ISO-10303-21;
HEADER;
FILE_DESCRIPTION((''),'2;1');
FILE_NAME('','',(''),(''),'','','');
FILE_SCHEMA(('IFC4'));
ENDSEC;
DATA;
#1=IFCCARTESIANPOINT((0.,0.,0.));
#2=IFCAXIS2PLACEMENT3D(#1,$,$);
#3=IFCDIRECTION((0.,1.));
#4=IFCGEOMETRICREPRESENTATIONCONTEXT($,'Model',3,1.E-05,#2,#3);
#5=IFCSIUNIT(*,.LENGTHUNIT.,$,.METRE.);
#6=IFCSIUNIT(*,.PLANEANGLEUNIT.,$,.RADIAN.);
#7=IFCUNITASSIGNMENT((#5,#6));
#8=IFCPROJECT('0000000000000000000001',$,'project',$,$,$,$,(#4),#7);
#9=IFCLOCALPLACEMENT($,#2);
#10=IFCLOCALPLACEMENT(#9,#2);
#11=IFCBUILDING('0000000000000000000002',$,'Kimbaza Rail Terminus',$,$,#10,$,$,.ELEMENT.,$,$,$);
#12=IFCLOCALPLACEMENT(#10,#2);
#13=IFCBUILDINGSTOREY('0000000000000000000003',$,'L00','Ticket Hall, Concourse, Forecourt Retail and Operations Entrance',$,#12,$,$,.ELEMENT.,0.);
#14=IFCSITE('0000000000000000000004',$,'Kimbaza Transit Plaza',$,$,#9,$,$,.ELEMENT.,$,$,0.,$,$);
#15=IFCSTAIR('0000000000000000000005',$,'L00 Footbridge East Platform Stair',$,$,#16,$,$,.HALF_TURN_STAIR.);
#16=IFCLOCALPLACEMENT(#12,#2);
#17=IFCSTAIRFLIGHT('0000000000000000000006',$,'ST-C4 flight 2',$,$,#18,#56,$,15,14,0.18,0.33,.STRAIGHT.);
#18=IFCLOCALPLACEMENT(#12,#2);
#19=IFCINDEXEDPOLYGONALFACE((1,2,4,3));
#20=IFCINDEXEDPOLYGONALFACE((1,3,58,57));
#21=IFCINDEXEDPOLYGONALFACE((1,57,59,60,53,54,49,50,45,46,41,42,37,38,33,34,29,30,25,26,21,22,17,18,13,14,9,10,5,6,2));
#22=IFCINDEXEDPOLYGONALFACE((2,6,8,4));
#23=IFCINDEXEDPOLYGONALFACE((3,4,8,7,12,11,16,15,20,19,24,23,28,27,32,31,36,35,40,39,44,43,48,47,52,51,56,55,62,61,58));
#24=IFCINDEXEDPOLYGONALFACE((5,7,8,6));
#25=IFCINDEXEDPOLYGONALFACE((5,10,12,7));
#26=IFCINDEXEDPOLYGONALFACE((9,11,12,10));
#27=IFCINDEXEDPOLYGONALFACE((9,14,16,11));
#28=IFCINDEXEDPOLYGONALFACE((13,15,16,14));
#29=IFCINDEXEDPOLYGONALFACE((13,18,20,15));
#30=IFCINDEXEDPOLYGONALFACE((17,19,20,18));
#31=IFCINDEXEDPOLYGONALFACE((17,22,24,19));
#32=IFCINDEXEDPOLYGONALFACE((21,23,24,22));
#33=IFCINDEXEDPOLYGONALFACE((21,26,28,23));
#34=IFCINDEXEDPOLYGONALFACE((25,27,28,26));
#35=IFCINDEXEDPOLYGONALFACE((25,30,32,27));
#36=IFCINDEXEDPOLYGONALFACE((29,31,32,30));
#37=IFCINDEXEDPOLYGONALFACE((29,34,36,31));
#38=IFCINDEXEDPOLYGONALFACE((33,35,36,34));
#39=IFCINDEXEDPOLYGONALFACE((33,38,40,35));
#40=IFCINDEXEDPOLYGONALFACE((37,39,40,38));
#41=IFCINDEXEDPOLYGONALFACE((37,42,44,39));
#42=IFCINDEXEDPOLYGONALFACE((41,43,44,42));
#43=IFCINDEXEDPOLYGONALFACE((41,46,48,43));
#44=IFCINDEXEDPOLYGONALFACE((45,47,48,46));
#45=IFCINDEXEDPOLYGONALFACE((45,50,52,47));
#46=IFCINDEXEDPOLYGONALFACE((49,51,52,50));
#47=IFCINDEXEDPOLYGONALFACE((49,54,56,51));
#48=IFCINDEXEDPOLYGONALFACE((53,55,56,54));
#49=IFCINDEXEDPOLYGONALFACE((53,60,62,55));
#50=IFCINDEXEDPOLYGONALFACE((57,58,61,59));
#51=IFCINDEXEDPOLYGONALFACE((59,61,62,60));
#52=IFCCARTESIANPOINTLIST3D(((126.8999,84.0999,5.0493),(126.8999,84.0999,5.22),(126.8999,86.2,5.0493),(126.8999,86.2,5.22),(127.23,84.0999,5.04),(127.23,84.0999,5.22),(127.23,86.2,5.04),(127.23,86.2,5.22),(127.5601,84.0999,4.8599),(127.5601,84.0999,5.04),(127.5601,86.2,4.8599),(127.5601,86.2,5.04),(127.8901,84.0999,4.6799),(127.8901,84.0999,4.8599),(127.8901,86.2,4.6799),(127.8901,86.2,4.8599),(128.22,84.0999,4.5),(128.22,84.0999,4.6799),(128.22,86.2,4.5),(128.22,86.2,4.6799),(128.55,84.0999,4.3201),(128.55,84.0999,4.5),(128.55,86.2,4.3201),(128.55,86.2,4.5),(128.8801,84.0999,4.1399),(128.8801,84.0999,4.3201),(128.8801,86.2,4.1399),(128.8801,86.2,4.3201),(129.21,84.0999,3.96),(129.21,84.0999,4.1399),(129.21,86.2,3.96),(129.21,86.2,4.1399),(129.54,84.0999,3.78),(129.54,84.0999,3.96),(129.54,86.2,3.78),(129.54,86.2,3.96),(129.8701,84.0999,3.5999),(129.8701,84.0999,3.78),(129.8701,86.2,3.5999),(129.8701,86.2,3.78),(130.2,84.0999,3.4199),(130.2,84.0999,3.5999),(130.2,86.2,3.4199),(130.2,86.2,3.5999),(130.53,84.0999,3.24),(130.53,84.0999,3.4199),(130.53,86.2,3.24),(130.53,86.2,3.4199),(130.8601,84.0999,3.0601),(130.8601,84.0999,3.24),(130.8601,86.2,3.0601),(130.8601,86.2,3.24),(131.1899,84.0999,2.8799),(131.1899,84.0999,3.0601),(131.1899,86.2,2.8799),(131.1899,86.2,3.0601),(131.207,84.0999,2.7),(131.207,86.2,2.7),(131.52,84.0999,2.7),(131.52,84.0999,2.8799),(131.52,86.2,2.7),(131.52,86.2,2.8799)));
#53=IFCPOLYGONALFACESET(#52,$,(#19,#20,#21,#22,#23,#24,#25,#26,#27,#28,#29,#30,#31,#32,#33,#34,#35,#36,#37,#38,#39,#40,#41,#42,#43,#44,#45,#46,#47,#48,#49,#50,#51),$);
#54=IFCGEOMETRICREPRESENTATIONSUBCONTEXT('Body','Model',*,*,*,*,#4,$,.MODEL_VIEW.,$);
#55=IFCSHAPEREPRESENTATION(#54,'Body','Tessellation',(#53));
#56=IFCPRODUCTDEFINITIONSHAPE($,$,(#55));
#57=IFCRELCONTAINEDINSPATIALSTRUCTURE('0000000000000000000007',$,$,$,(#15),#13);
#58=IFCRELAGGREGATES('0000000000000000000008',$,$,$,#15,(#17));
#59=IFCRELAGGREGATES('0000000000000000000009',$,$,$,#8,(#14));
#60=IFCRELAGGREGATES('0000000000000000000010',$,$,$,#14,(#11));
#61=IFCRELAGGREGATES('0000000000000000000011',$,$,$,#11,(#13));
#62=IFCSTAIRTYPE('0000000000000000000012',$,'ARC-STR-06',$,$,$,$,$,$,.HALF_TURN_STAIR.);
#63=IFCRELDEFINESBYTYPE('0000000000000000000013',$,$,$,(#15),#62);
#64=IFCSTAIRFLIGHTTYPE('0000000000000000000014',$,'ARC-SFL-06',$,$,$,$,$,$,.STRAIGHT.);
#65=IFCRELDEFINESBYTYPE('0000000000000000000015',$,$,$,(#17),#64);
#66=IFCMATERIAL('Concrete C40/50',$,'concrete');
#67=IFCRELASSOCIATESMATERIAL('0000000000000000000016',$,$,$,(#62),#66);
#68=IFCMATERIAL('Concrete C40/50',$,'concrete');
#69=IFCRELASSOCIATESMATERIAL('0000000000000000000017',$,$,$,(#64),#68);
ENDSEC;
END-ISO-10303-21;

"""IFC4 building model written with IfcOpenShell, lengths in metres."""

from ifc_helpers import new_model, si_unit, direction, frame, origin, place, context, subcontext, project, spatial, polyline, outline, extrude, material, type_object, element, aggregate, save


model = new_model("IFC4")

# Units and contexts
model_context = context("Model", 3, precision=1e-05, world=origin(), true_north=direction((0.0, 1.0)))
body_context = subcontext(model_context, "Body", "Model", "MODEL_VIEW")
ifc_project = project(units=[si_unit("LENGTHUNIT", "METRE"), si_unit("PLANEANGLEUNIT", "RADIAN")], contexts=[model_context])

# Site, building, storey
site_placement = place(None, origin())
site = spatial("IfcSite", under=ifc_project, at=site_placement, Name="Kimbaza Transit Plaza", CompositionType="ELEMENT", RefElevation=0.0)
building_placement = place(site_placement, origin())
building = spatial("IfcBuilding", under=site, at=building_placement, Name="Kimbaza Rail Terminus", CompositionType="ELEMENT")
storey_placement = place(building_placement, origin())
storey = spatial("IfcBuildingStorey", under=building, at=storey_placement, Name="L00", Description="Ticket Hall, Concourse, Forecourt Retail and Operations Entrance", CompositionType="ELEMENT", Elevation=0.0)

# Shared definitions
ifc_material_1 = material(Name="Concrete C40/50", Category="concrete")
stair_type = type_object("IfcStairType", Name="ARC-STR-06", PredefinedType="HALF_TURN_STAIR", material=ifc_material_1)
ifc_material_2 = material(Name="Concrete C40/50", Category="concrete")
stair_flight_type = type_object("IfcStairFlightType", Name="ARC-SFL-06", PredefinedType="STRAIGHT", material=ifc_material_2)

# Stair, stair flight
stair_1_placement = place(storey_placement, origin())
stair_1 = element("IfcStair", 1, at=stair_1_placement, inside=storey, type_object=stair_type, Name="L00 Footbridge East Platform Stair", PredefinedType="HALF_TURN_STAIR")
stair_flight_1_placement = place(storey_placement, frame((131.52, 85.1499, 2.7), z_axis=(0.0, 0.0, 1.0), x_axis=(-1.0, 0.0, 0.0)))
stair_flight_1 = element("IfcStairFlight", 2, at=stair_flight_1_placement, type_object=stair_flight_type, Name="ST-C4 flight 2", NumberOfRisers=15, NumberOfTreads=14, PredefinedType="STRAIGHT", RiserHeight=0.18, TreadLength=0.33, context=body_context, shape_type="SweptSolid", body=[
    extrude(outline(polyline([(0.0, 0.0), (0.0, 0.1799), (0.3301, 0.1799), (0.3301, 0.3601), (0.6599, 0.3601), (0.6599, 0.54), (0.99, 0.54), (0.99, 0.72), (1.3201, 0.72), (1.3201, 0.8999), (1.6499, 0.8999), (1.6499, 1.0801), (1.98, 1.0801), (1.98, 1.26), (2.3101, 1.26), (2.3101, 1.4399), (2.6399, 1.4399), (2.6399, 1.6201), (2.97, 1.6201), (2.97, 1.8), (3.3, 1.8), (3.3, 1.98), (3.6299, 1.98), (3.6299, 2.1599), (3.96, 2.1599), (3.96, 2.3401), (4.29, 2.3401), (4.29, 2.52), (4.6201, 2.52), (4.6201, 2.7), (4.6201, 2.3494), (0.313, 0.0), (0.0, 0.0)])), frame((0.0, 1.05, 0.0), z_axis=(0.0, -1.0, 0.0), x_axis=(1.0, 0.0, 0.0)), (0.0, 0.0, 1.0), 2.1001),
])
aggregate(stair_1, [stair_flight_1])

save(model, "model.ifc")
